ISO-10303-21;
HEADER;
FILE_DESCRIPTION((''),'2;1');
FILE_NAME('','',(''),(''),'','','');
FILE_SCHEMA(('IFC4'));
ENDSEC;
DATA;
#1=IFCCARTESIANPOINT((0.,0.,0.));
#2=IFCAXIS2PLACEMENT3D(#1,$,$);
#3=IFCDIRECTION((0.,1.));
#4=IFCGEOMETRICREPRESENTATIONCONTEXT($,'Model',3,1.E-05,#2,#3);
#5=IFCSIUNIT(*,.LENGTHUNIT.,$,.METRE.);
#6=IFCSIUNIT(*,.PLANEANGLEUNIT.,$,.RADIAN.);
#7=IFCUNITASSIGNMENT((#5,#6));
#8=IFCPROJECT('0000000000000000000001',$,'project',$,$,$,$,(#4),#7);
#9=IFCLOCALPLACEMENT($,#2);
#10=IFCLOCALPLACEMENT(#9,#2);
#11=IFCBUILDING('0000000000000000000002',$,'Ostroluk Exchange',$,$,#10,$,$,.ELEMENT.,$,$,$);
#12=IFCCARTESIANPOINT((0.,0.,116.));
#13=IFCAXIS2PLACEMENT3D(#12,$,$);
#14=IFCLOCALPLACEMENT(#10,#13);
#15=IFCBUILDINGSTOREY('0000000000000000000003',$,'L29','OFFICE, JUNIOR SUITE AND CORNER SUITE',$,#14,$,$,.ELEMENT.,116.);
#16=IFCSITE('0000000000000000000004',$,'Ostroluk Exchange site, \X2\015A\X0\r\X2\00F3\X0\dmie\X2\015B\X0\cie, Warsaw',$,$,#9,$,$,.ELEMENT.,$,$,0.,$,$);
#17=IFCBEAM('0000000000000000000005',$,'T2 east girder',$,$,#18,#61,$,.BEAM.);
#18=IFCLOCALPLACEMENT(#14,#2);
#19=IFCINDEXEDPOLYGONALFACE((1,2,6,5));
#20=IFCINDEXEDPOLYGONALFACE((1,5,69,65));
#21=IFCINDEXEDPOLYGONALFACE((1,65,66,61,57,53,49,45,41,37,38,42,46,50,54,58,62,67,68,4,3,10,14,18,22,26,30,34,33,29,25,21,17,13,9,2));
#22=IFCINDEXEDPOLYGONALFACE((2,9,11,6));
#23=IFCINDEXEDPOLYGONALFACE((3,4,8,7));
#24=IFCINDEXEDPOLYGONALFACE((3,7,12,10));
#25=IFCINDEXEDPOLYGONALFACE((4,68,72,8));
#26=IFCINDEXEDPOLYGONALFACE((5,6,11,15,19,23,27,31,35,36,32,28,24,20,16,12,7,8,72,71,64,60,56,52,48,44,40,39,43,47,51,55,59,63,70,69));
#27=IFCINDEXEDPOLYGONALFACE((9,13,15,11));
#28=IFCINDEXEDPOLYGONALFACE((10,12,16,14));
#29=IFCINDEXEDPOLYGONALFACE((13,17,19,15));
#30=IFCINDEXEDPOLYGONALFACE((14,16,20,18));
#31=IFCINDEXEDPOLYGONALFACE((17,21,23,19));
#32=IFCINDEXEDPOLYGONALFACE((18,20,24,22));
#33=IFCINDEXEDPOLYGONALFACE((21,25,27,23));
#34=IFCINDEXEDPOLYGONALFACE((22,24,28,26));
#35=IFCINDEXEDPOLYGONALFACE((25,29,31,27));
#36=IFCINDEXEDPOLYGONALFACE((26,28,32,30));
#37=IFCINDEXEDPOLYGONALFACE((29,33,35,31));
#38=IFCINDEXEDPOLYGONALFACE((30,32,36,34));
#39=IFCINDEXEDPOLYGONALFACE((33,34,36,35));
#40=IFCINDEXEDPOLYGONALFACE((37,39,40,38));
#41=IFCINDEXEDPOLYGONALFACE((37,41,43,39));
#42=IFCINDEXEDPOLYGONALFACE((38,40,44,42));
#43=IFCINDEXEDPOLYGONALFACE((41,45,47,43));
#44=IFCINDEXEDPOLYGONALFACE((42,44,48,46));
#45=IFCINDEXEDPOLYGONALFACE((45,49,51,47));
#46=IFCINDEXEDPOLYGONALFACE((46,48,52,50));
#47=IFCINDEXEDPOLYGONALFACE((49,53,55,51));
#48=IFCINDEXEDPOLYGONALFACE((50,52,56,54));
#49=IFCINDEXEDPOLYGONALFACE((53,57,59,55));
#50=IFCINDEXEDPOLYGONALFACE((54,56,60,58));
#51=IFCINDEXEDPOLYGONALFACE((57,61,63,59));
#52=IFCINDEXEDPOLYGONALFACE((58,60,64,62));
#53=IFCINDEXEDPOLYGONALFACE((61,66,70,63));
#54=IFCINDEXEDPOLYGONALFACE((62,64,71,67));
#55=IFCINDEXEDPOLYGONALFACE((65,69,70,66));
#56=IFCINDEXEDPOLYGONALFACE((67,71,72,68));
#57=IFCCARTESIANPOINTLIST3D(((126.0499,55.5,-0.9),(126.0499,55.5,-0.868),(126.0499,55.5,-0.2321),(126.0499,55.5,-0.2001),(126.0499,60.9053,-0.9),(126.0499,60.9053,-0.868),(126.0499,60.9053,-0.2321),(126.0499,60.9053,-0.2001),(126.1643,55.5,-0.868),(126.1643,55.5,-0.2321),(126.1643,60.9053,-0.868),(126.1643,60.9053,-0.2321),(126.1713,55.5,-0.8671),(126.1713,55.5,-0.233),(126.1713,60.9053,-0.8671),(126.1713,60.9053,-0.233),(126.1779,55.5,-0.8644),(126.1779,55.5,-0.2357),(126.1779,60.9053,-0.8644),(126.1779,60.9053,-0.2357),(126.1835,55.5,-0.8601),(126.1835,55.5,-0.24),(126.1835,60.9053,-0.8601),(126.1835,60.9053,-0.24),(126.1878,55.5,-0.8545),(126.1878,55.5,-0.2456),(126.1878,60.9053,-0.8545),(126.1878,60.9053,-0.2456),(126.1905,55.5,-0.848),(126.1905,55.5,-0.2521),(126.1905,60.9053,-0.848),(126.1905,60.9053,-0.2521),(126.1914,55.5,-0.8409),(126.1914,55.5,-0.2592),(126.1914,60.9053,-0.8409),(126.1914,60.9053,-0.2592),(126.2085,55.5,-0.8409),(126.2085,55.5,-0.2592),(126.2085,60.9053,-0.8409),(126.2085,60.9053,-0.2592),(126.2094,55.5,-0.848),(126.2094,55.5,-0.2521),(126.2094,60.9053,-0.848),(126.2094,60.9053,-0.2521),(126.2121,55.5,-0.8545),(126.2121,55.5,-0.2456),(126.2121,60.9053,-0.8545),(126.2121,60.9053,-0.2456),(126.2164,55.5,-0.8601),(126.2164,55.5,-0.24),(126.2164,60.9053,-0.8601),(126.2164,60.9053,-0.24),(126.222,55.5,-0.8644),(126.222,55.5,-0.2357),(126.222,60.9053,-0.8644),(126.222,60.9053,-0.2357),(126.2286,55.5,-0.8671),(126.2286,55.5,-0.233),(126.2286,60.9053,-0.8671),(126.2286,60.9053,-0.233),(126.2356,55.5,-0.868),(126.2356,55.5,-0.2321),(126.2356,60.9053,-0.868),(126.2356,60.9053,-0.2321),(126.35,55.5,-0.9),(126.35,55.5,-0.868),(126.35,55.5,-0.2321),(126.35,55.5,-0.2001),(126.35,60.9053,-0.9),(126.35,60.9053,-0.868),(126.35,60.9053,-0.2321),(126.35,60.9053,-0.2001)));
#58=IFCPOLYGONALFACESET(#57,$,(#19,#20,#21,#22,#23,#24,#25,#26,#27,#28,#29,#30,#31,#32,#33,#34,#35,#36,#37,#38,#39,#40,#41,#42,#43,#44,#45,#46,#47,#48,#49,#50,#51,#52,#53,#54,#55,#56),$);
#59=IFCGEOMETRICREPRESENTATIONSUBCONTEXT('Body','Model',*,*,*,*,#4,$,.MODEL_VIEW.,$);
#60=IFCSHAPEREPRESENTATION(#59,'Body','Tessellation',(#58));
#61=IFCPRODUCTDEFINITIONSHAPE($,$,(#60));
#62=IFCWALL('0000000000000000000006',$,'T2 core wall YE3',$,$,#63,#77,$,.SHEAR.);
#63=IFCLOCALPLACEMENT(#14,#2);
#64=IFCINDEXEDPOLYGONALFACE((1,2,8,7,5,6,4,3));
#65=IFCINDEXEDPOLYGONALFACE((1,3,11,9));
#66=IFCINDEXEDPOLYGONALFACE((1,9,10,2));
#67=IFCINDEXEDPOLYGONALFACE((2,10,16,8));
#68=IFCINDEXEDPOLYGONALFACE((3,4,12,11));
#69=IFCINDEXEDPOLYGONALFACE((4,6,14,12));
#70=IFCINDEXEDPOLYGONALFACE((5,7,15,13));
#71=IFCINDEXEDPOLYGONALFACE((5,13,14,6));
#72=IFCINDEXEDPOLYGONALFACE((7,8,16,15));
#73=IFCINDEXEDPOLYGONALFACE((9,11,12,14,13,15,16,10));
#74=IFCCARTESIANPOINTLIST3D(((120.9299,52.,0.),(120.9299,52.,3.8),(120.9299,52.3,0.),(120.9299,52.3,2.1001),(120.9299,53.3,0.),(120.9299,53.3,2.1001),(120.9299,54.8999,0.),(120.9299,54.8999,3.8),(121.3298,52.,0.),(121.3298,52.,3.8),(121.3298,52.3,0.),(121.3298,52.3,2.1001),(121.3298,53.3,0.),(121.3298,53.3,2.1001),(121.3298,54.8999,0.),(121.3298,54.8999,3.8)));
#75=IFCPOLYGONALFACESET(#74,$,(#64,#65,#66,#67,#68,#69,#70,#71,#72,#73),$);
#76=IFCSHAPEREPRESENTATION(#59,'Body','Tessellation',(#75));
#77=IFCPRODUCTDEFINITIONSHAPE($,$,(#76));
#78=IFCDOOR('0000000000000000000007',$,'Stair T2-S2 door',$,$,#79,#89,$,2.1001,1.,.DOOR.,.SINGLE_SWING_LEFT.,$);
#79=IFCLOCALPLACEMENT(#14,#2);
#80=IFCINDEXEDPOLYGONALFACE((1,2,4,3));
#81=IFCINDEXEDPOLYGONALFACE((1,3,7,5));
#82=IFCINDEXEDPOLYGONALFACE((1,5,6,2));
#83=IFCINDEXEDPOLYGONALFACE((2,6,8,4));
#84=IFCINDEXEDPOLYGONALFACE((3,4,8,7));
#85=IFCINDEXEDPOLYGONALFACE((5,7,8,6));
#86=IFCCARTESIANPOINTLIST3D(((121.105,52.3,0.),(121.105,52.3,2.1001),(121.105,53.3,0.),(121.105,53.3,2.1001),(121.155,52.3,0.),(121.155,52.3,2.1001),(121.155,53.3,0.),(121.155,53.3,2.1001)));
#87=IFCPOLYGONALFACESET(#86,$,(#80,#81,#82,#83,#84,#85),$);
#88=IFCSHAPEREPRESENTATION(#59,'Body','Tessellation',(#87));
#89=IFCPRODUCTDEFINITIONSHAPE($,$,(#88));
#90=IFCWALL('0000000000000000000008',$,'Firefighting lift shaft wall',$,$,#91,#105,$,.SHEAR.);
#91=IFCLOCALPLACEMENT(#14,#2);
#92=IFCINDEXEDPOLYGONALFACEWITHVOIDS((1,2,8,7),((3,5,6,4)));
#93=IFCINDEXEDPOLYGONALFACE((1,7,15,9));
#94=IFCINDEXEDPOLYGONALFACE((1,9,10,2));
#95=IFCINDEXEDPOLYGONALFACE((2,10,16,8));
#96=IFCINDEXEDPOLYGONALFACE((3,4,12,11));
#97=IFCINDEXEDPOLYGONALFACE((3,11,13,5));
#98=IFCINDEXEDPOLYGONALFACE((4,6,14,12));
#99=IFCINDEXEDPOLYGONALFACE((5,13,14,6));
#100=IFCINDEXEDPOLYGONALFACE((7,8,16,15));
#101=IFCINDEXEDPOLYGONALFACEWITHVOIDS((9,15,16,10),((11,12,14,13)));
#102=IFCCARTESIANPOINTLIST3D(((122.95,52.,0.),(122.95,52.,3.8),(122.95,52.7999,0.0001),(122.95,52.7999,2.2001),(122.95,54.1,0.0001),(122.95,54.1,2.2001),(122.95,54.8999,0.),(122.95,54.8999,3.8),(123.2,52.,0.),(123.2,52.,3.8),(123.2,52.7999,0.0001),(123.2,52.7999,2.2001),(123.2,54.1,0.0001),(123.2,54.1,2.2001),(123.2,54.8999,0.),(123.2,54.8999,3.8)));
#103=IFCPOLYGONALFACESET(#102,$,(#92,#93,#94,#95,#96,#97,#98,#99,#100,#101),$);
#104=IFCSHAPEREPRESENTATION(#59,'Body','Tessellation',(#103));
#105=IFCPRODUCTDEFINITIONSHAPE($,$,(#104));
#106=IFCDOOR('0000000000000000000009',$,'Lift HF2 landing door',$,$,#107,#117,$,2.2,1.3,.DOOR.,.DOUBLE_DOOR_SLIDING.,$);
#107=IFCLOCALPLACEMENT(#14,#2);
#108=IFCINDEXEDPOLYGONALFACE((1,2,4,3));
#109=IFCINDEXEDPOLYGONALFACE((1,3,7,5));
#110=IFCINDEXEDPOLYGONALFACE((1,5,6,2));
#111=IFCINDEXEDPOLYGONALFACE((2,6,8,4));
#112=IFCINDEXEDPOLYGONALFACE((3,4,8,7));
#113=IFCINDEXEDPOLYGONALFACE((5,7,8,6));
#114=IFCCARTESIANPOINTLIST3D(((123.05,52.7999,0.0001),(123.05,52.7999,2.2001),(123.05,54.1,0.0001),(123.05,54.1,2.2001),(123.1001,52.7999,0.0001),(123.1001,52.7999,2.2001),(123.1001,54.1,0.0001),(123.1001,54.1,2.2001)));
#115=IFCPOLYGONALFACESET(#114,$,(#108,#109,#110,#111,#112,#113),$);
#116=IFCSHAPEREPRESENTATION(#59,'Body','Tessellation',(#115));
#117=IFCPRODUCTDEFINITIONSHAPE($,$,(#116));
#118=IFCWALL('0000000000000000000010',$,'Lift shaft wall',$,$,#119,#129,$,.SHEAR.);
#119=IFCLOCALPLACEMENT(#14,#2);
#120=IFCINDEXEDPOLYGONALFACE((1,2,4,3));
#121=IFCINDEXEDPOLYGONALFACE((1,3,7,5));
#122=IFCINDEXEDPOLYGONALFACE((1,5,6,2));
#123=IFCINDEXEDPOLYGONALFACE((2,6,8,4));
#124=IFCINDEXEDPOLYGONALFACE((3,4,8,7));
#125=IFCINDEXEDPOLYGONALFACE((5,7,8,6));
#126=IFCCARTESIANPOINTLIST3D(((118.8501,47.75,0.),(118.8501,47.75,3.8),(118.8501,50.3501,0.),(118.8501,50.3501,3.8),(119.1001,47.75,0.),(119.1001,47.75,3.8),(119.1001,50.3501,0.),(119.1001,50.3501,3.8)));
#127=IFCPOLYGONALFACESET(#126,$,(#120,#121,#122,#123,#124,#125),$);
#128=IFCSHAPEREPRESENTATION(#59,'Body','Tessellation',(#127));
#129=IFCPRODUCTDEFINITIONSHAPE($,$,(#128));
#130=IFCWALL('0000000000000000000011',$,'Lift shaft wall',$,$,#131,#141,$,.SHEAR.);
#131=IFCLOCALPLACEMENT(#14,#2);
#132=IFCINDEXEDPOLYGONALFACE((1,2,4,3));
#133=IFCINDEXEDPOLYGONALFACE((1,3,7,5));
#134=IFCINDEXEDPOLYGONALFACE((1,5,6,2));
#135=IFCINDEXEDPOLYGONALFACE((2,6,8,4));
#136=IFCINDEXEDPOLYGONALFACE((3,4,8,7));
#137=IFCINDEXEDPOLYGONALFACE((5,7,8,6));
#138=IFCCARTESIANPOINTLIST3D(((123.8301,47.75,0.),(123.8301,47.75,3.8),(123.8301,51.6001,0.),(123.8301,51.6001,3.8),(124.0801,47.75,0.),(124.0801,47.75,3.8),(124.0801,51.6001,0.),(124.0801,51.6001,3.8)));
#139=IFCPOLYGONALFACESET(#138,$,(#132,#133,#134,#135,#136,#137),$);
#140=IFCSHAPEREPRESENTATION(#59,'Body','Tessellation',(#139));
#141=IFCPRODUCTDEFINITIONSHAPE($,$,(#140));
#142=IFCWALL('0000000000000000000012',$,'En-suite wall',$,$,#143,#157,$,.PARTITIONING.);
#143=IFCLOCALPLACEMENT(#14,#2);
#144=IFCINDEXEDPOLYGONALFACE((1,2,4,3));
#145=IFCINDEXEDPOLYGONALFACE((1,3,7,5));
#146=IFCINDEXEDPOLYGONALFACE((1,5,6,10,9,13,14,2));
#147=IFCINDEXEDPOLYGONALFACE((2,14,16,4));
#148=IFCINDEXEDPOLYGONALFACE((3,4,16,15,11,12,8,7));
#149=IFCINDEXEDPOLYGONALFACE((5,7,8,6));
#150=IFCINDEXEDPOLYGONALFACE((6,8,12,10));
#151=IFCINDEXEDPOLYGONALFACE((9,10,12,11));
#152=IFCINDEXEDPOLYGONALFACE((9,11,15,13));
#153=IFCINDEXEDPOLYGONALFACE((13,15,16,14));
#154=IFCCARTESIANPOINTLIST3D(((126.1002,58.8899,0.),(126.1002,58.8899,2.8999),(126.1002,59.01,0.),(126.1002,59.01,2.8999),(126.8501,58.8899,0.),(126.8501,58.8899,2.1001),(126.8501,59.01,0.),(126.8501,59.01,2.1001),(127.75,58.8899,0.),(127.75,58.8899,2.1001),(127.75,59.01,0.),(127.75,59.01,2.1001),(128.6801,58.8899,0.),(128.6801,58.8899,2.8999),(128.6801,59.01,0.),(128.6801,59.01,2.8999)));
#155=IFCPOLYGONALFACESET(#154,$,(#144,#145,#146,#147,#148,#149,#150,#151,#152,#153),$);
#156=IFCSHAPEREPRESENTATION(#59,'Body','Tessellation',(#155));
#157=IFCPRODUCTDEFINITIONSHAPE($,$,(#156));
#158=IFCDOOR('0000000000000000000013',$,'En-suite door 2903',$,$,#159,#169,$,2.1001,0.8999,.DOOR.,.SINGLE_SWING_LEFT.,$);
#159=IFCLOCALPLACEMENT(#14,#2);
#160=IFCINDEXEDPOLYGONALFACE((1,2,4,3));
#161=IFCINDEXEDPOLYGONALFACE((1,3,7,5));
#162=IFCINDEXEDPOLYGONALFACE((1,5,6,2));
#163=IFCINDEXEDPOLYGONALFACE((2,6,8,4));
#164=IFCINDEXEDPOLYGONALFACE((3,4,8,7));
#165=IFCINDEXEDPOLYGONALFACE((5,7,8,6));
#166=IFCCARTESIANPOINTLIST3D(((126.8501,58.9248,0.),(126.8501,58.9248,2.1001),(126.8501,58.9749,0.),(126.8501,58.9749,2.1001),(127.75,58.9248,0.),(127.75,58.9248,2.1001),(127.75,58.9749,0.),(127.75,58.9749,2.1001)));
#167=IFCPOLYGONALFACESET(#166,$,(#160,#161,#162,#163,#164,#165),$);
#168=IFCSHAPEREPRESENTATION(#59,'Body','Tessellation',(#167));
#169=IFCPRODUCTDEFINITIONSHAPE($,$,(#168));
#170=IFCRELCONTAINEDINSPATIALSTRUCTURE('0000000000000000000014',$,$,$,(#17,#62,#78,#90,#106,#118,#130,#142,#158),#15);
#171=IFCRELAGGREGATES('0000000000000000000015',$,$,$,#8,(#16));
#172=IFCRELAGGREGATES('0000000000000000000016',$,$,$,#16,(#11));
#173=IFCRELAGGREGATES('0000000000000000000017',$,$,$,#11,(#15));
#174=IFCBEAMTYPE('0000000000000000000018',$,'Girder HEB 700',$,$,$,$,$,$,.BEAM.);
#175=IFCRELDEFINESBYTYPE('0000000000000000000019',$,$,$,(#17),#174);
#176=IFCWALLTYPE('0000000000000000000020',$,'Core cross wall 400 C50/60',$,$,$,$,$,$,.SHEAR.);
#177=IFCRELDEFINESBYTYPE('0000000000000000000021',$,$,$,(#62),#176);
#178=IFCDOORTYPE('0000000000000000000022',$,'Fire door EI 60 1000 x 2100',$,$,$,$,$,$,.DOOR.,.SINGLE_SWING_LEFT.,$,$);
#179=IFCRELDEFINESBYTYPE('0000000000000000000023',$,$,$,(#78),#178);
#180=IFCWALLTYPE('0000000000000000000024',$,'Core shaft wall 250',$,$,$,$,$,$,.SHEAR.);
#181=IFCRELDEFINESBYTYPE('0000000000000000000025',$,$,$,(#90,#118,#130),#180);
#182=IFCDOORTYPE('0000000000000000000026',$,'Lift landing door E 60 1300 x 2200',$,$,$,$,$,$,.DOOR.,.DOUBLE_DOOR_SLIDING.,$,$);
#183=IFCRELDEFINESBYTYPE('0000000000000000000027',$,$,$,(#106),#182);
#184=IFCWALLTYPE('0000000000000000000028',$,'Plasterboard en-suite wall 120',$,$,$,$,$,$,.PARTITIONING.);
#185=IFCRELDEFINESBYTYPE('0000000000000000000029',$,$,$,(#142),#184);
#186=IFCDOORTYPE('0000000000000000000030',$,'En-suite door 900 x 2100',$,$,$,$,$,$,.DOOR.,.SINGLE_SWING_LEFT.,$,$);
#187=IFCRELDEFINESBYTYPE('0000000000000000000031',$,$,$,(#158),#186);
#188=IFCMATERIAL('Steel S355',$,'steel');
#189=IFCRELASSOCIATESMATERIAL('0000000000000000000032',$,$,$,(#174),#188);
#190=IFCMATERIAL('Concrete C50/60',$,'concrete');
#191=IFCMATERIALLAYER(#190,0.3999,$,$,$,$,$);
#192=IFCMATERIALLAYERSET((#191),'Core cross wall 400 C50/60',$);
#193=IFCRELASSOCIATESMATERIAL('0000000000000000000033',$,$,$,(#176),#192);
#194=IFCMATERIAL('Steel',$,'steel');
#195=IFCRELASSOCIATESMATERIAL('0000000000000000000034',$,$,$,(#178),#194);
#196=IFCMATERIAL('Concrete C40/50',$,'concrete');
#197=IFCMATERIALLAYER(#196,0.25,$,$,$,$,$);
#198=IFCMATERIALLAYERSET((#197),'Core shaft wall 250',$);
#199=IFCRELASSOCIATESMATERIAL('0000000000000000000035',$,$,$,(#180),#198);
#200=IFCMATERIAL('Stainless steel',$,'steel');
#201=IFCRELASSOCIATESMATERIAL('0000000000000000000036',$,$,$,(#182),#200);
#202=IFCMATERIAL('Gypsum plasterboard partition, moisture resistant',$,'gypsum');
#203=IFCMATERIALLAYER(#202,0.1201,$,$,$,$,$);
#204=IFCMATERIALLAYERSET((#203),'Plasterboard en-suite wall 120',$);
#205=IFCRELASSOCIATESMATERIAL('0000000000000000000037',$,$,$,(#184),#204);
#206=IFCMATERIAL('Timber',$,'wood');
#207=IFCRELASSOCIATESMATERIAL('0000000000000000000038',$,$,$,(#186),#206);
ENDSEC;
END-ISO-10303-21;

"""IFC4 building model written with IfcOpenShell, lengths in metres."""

from ifc_helpers import new_model, si_unit, direction, frame, frame_2d, origin, origin_2d, place, context, subcontext, project, spatial, rectangle, i_section, extrude, material, layer, layer_set, material_profile, profile_set, type_object, element, fill, save


model = new_model("IFC4")

# Units and contexts
model_context = context("Model", 3, precision=1e-05, world=origin(), true_north=direction((0.0, 1.0)))
body_context = subcontext(model_context, "Body", "Model", "MODEL_VIEW")
ifc_project = project(units=[si_unit("LENGTHUNIT", "METRE"), si_unit("PLANEANGLEUNIT", "RADIAN")], contexts=[model_context])

# Site, building, storey
site_placement = place(None, origin())
site = spatial("IfcSite", under=ifc_project, at=site_placement, Name="Ostroluk Exchange site, Śródmieście, Warsaw", CompositionType="ELEMENT", RefElevation=0.0)
building_placement = place(site_placement, origin())
building = spatial("IfcBuilding", under=site, at=building_placement, Name="Ostroluk Exchange", CompositionType="ELEMENT")
storey_placement = place(building_placement, frame((0.0, 0.0, 116.0)))
storey = spatial("IfcBuildingStorey", under=building, at=storey_placement, Name="L29", Description="OFFICE, JUNIOR SUITE AND CORNER SUITE", CompositionType="ELEMENT", Elevation=116.0)

# Beam
ifc_material_1 = material(Name="Steel S355", Category="steel")
ifc_material_profile_1 = material_profile(ifc_material_1, i_section(OverallWidth=0.3, OverallDepth=0.7, WebThickness=0.0171, FlangeThickness=0.032, FilletRadius=0.0271, at=origin_2d()), Name="HEB 700")
ifc_profile_set_1 = profile_set([ifc_material_profile_1], Name="Steel S355")
beam_type_1 = type_object("IfcBeamType", Name="Girder HEB 700", PredefinedType="BEAM", material=ifc_profile_set_1)
beam_placement = place(storey_placement, frame((126.2, 55.5, -0.55), z_axis=(0.0, 1.0, 0.0), x_axis=(-1.0, 0.0, 0.0)))
element("IfcBeam", 1, at=beam_placement, inside=storey, type_object=beam_type_1, Name="T2 east girder", PredefinedType="BEAM", context=body_context, shape_type="SweptSolid", body=[
    extrude(i_section(OverallWidth=0.3, OverallDepth=0.7, WebThickness=0.0171, FlangeThickness=0.032, FilletRadius=0.0271, at=origin_2d()), origin(), (0.0, 0.0, 1.0), 5.4053),
])

# Walls, openings, doors
ifc_material_2 = material(Name="Concrete C50/60", Category="concrete")
ifc_layer_1 = layer(ifc_material_2, 0.3999)
ifc_layer_set_1 = layer_set([ifc_layer_1], Name="Core cross wall 400 C50/60")
wall_type_1 = type_object("IfcWallType", Name="Core cross wall 400 C50/60", PredefinedType="SHEAR", material=ifc_layer_set_1)
wall_1_placement = place(storey_placement, frame((121.1299, 52.0, 0.0), z_axis=(0.0, 0.0, 1.0), x_axis=(0.0, 1.0, 0.0)))
wall_1 = element("IfcWall", 2, at=wall_1_placement, inside=storey, type_object=wall_type_1, Name="T2 core wall YE3", PredefinedType="SHEAR", context=body_context, shape_type="SweptSolid", body=[
    extrude(rectangle(XDim=2.8999, YDim=0.3999, at=frame_2d((1.45, 0.0))), origin(), (0.0, 0.0, 1.0), 3.8),
])
opening_1_placement = place(wall_1_placement, frame((0.3, 0.0, 0.0)))
opening_1 = element("IfcOpeningElement", 3, at=opening_1_placement, cuts=wall_1, PredefinedType="OPENING", context=body_context, shape_type="SweptSolid", body=[
    extrude(rectangle(XDim=1.0, YDim=2.1001, at=frame_2d((0.5, 1.05))), frame((0.0, 0.21, 0.0), z_axis=(0.0, -1.0, 0.0), x_axis=(1.0, 0.0, 0.0)), (0.0, 0.0, 1.0), 0.4199),
])
ifc_material_3 = material(Name="Steel", Category="steel")
door_type_1 = type_object("IfcDoorType", Name="Fire door EI 60 1000 x 2100", OperationType="SINGLE_SWING_LEFT", PredefinedType="DOOR", material=ifc_material_3)
door_1_placement = place(opening_1_placement, origin())
door_1 = element("IfcDoor", 4, at=door_1_placement, inside=storey, type_object=door_type_1, Name="Stair T2-S2 door", OperationType="SINGLE_SWING_LEFT", OverallHeight=2.1001, OverallWidth=1.0, PredefinedType="DOOR", context=body_context, shape_type="SweptSolid", body=[
    extrude(rectangle(XDim=1.0, YDim=2.1001, at=frame_2d((0.5, 1.05))), frame((0.0, 0.0249, 0.0), z_axis=(0.0, -1.0, 0.0), x_axis=(1.0, 0.0, 0.0)), (0.0, 0.0, 1.0), 0.05),
])
fill(opening_1, door_1)
ifc_material_4 = material(Name="Concrete C40/50", Category="concrete")
ifc_layer_2 = layer(ifc_material_4, 0.25)
ifc_layer_set_2 = layer_set([ifc_layer_2], Name="Core shaft wall 250")
wall_type_2 = type_object("IfcWallType", Name="Core shaft wall 250", PredefinedType="SHEAR", material=ifc_layer_set_2)
wall_2_placement = place(storey_placement, frame((123.075, 52.0, 0.0), z_axis=(0.0, 0.0, 1.0), x_axis=(0.0, 1.0, 0.0)))
wall_2 = element("IfcWall", 5, at=wall_2_placement, inside=storey, type_object=wall_type_2, Name="Firefighting lift shaft wall", PredefinedType="SHEAR", context=body_context, shape_type="SweptSolid", body=[
    extrude(rectangle(XDim=2.8999, YDim=0.25, at=frame_2d((1.45, 0.0))), origin(), (0.0, 0.0, 1.0), 3.8),
])
opening_2_placement = place(wall_2_placement, frame((0.8, 0.0, 0.0)))
opening_2 = element("IfcOpeningElement", 6, at=opening_2_placement, cuts=wall_2, PredefinedType="OPENING", context=body_context, shape_type="SweptSolid", body=[
    extrude(rectangle(XDim=1.3, YDim=2.2, at=frame_2d((0.6499, 1.1001))), frame((0.0, 0.135, 0.0), z_axis=(0.0, -1.0, 0.0), x_axis=(1.0, 0.0, 0.0)), (0.0, 0.0, 1.0), 0.27),
])
ifc_material_5 = material(Name="Stainless steel", Category="steel")
door_type_2 = type_object("IfcDoorType", Name="Lift landing door E 60 1300 x 2200", OperationType="DOUBLE_DOOR_SLIDING", PredefinedType="DOOR", material=ifc_material_5)
door_2_placement = place(opening_2_placement, origin())
door_2 = element("IfcDoor", 7, at=door_2_placement, inside=storey, type_object=door_type_2, Name="Lift HF2 landing door", OperationType="DOUBLE_DOOR_SLIDING", OverallHeight=2.2, OverallWidth=1.3, PredefinedType="DOOR", context=body_context, shape_type="SweptSolid", body=[
    extrude(rectangle(XDim=1.3, YDim=2.2, at=frame_2d((0.6499, 1.1001))), frame((0.0, 0.0249, 0.0), z_axis=(0.0, -1.0, 0.0), x_axis=(1.0, 0.0, 0.0)), (0.0, 0.0, 1.0), 0.05),
])
fill(opening_2, door_2)

# Walls
wall_3_placement = place(storey_placement, frame((118.9751, 47.75, 0.0), z_axis=(0.0, 0.0, 1.0), x_axis=(0.0, 1.0, 0.0)))
element("IfcWall", 8, at=wall_3_placement, inside=storey, type_object=wall_type_2, Name="Lift shaft wall", PredefinedType="SHEAR", context=body_context, shape_type="SweptSolid", body=[
    extrude(rectangle(XDim=2.6001, YDim=0.25, at=frame_2d((1.3, 0.0))), origin(), (0.0, 0.0, 1.0), 3.8),
])
wall_4_placement = place(storey_placement, frame((123.9551, 47.75, 0.0), z_axis=(0.0, 0.0, 1.0), x_axis=(0.0, 1.0, 0.0)))
element("IfcWall", 9, at=wall_4_placement, inside=storey, type_object=wall_type_2, Name="Lift shaft wall", PredefinedType="SHEAR", context=body_context, shape_type="SweptSolid", body=[
    extrude(rectangle(XDim=3.8501, YDim=0.25, at=frame_2d((1.925, 0.0))), origin(), (0.0, 0.0, 1.0), 3.8),
])

# Wall, opening, door
ifc_material_6 = material(Name="Gypsum plasterboard partition, moisture resistant", Category="gypsum")
ifc_layer_3 = layer(ifc_material_6, 0.1201)
ifc_layer_set_3 = layer_set([ifc_layer_3], Name="Plasterboard en-suite wall 120")
wall_type_3 = type_object("IfcWallType", Name="Plasterboard en-suite wall 120", PredefinedType="PARTITIONING", material=ifc_layer_set_3)
wall_5_placement = place(storey_placement, frame((126.1001, 58.95, 0.0), z_axis=(0.0, 0.0, 1.0), x_axis=(1.0, 0.0, 0.0)))
wall_5 = element("IfcWall", 10, at=wall_5_placement, inside=storey, type_object=wall_type_3, Name="En-suite wall", PredefinedType="PARTITIONING", context=body_context, shape_type="SweptSolid", body=[
    extrude(rectangle(XDim=2.5798, YDim=0.1201, at=frame_2d((1.29, 0.0))), origin(), (0.0, 0.0, 1.0), 2.8999),
])
opening_3_placement = place(wall_5_placement, frame((0.75, 0.0, 0.0)))
opening_3 = element("IfcOpeningElement", 11, at=opening_3_placement, cuts=wall_5, PredefinedType="OPENING", context=body_context, shape_type="SweptSolid", body=[
    extrude(rectangle(XDim=0.8999, YDim=2.1001, at=frame_2d((0.45, 1.05))), frame((0.0, 0.0701, 0.0), z_axis=(0.0, -1.0, 0.0), x_axis=(1.0, 0.0, 0.0)), (0.0, 0.0, 1.0), 0.1401),
])
ifc_material_7 = material(Name="Timber", Category="wood")
door_type_3 = type_object("IfcDoorType", Name="En-suite door 900 x 2100", OperationType="SINGLE_SWING_LEFT", PredefinedType="DOOR", material=ifc_material_7)
door_3_placement = place(opening_3_placement, origin())
door_3 = element("IfcDoor", 12, at=door_3_placement, inside=storey, type_object=door_type_3, Name="En-suite door 2903", OperationType="SINGLE_SWING_LEFT", OverallHeight=2.1001, OverallWidth=0.8999, PredefinedType="DOOR", context=body_context, shape_type="SweptSolid", body=[
    extrude(rectangle(XDim=0.8999, YDim=2.1001, at=frame_2d((0.45, 1.05))), frame((0.0, 0.0249, 0.0), z_axis=(0.0, -1.0, 0.0), x_axis=(1.0, 0.0, 0.0)), (0.0, 0.0, 1.0), 0.05),
])
fill(opening_3, door_3)

save(model, "model.ifc")
